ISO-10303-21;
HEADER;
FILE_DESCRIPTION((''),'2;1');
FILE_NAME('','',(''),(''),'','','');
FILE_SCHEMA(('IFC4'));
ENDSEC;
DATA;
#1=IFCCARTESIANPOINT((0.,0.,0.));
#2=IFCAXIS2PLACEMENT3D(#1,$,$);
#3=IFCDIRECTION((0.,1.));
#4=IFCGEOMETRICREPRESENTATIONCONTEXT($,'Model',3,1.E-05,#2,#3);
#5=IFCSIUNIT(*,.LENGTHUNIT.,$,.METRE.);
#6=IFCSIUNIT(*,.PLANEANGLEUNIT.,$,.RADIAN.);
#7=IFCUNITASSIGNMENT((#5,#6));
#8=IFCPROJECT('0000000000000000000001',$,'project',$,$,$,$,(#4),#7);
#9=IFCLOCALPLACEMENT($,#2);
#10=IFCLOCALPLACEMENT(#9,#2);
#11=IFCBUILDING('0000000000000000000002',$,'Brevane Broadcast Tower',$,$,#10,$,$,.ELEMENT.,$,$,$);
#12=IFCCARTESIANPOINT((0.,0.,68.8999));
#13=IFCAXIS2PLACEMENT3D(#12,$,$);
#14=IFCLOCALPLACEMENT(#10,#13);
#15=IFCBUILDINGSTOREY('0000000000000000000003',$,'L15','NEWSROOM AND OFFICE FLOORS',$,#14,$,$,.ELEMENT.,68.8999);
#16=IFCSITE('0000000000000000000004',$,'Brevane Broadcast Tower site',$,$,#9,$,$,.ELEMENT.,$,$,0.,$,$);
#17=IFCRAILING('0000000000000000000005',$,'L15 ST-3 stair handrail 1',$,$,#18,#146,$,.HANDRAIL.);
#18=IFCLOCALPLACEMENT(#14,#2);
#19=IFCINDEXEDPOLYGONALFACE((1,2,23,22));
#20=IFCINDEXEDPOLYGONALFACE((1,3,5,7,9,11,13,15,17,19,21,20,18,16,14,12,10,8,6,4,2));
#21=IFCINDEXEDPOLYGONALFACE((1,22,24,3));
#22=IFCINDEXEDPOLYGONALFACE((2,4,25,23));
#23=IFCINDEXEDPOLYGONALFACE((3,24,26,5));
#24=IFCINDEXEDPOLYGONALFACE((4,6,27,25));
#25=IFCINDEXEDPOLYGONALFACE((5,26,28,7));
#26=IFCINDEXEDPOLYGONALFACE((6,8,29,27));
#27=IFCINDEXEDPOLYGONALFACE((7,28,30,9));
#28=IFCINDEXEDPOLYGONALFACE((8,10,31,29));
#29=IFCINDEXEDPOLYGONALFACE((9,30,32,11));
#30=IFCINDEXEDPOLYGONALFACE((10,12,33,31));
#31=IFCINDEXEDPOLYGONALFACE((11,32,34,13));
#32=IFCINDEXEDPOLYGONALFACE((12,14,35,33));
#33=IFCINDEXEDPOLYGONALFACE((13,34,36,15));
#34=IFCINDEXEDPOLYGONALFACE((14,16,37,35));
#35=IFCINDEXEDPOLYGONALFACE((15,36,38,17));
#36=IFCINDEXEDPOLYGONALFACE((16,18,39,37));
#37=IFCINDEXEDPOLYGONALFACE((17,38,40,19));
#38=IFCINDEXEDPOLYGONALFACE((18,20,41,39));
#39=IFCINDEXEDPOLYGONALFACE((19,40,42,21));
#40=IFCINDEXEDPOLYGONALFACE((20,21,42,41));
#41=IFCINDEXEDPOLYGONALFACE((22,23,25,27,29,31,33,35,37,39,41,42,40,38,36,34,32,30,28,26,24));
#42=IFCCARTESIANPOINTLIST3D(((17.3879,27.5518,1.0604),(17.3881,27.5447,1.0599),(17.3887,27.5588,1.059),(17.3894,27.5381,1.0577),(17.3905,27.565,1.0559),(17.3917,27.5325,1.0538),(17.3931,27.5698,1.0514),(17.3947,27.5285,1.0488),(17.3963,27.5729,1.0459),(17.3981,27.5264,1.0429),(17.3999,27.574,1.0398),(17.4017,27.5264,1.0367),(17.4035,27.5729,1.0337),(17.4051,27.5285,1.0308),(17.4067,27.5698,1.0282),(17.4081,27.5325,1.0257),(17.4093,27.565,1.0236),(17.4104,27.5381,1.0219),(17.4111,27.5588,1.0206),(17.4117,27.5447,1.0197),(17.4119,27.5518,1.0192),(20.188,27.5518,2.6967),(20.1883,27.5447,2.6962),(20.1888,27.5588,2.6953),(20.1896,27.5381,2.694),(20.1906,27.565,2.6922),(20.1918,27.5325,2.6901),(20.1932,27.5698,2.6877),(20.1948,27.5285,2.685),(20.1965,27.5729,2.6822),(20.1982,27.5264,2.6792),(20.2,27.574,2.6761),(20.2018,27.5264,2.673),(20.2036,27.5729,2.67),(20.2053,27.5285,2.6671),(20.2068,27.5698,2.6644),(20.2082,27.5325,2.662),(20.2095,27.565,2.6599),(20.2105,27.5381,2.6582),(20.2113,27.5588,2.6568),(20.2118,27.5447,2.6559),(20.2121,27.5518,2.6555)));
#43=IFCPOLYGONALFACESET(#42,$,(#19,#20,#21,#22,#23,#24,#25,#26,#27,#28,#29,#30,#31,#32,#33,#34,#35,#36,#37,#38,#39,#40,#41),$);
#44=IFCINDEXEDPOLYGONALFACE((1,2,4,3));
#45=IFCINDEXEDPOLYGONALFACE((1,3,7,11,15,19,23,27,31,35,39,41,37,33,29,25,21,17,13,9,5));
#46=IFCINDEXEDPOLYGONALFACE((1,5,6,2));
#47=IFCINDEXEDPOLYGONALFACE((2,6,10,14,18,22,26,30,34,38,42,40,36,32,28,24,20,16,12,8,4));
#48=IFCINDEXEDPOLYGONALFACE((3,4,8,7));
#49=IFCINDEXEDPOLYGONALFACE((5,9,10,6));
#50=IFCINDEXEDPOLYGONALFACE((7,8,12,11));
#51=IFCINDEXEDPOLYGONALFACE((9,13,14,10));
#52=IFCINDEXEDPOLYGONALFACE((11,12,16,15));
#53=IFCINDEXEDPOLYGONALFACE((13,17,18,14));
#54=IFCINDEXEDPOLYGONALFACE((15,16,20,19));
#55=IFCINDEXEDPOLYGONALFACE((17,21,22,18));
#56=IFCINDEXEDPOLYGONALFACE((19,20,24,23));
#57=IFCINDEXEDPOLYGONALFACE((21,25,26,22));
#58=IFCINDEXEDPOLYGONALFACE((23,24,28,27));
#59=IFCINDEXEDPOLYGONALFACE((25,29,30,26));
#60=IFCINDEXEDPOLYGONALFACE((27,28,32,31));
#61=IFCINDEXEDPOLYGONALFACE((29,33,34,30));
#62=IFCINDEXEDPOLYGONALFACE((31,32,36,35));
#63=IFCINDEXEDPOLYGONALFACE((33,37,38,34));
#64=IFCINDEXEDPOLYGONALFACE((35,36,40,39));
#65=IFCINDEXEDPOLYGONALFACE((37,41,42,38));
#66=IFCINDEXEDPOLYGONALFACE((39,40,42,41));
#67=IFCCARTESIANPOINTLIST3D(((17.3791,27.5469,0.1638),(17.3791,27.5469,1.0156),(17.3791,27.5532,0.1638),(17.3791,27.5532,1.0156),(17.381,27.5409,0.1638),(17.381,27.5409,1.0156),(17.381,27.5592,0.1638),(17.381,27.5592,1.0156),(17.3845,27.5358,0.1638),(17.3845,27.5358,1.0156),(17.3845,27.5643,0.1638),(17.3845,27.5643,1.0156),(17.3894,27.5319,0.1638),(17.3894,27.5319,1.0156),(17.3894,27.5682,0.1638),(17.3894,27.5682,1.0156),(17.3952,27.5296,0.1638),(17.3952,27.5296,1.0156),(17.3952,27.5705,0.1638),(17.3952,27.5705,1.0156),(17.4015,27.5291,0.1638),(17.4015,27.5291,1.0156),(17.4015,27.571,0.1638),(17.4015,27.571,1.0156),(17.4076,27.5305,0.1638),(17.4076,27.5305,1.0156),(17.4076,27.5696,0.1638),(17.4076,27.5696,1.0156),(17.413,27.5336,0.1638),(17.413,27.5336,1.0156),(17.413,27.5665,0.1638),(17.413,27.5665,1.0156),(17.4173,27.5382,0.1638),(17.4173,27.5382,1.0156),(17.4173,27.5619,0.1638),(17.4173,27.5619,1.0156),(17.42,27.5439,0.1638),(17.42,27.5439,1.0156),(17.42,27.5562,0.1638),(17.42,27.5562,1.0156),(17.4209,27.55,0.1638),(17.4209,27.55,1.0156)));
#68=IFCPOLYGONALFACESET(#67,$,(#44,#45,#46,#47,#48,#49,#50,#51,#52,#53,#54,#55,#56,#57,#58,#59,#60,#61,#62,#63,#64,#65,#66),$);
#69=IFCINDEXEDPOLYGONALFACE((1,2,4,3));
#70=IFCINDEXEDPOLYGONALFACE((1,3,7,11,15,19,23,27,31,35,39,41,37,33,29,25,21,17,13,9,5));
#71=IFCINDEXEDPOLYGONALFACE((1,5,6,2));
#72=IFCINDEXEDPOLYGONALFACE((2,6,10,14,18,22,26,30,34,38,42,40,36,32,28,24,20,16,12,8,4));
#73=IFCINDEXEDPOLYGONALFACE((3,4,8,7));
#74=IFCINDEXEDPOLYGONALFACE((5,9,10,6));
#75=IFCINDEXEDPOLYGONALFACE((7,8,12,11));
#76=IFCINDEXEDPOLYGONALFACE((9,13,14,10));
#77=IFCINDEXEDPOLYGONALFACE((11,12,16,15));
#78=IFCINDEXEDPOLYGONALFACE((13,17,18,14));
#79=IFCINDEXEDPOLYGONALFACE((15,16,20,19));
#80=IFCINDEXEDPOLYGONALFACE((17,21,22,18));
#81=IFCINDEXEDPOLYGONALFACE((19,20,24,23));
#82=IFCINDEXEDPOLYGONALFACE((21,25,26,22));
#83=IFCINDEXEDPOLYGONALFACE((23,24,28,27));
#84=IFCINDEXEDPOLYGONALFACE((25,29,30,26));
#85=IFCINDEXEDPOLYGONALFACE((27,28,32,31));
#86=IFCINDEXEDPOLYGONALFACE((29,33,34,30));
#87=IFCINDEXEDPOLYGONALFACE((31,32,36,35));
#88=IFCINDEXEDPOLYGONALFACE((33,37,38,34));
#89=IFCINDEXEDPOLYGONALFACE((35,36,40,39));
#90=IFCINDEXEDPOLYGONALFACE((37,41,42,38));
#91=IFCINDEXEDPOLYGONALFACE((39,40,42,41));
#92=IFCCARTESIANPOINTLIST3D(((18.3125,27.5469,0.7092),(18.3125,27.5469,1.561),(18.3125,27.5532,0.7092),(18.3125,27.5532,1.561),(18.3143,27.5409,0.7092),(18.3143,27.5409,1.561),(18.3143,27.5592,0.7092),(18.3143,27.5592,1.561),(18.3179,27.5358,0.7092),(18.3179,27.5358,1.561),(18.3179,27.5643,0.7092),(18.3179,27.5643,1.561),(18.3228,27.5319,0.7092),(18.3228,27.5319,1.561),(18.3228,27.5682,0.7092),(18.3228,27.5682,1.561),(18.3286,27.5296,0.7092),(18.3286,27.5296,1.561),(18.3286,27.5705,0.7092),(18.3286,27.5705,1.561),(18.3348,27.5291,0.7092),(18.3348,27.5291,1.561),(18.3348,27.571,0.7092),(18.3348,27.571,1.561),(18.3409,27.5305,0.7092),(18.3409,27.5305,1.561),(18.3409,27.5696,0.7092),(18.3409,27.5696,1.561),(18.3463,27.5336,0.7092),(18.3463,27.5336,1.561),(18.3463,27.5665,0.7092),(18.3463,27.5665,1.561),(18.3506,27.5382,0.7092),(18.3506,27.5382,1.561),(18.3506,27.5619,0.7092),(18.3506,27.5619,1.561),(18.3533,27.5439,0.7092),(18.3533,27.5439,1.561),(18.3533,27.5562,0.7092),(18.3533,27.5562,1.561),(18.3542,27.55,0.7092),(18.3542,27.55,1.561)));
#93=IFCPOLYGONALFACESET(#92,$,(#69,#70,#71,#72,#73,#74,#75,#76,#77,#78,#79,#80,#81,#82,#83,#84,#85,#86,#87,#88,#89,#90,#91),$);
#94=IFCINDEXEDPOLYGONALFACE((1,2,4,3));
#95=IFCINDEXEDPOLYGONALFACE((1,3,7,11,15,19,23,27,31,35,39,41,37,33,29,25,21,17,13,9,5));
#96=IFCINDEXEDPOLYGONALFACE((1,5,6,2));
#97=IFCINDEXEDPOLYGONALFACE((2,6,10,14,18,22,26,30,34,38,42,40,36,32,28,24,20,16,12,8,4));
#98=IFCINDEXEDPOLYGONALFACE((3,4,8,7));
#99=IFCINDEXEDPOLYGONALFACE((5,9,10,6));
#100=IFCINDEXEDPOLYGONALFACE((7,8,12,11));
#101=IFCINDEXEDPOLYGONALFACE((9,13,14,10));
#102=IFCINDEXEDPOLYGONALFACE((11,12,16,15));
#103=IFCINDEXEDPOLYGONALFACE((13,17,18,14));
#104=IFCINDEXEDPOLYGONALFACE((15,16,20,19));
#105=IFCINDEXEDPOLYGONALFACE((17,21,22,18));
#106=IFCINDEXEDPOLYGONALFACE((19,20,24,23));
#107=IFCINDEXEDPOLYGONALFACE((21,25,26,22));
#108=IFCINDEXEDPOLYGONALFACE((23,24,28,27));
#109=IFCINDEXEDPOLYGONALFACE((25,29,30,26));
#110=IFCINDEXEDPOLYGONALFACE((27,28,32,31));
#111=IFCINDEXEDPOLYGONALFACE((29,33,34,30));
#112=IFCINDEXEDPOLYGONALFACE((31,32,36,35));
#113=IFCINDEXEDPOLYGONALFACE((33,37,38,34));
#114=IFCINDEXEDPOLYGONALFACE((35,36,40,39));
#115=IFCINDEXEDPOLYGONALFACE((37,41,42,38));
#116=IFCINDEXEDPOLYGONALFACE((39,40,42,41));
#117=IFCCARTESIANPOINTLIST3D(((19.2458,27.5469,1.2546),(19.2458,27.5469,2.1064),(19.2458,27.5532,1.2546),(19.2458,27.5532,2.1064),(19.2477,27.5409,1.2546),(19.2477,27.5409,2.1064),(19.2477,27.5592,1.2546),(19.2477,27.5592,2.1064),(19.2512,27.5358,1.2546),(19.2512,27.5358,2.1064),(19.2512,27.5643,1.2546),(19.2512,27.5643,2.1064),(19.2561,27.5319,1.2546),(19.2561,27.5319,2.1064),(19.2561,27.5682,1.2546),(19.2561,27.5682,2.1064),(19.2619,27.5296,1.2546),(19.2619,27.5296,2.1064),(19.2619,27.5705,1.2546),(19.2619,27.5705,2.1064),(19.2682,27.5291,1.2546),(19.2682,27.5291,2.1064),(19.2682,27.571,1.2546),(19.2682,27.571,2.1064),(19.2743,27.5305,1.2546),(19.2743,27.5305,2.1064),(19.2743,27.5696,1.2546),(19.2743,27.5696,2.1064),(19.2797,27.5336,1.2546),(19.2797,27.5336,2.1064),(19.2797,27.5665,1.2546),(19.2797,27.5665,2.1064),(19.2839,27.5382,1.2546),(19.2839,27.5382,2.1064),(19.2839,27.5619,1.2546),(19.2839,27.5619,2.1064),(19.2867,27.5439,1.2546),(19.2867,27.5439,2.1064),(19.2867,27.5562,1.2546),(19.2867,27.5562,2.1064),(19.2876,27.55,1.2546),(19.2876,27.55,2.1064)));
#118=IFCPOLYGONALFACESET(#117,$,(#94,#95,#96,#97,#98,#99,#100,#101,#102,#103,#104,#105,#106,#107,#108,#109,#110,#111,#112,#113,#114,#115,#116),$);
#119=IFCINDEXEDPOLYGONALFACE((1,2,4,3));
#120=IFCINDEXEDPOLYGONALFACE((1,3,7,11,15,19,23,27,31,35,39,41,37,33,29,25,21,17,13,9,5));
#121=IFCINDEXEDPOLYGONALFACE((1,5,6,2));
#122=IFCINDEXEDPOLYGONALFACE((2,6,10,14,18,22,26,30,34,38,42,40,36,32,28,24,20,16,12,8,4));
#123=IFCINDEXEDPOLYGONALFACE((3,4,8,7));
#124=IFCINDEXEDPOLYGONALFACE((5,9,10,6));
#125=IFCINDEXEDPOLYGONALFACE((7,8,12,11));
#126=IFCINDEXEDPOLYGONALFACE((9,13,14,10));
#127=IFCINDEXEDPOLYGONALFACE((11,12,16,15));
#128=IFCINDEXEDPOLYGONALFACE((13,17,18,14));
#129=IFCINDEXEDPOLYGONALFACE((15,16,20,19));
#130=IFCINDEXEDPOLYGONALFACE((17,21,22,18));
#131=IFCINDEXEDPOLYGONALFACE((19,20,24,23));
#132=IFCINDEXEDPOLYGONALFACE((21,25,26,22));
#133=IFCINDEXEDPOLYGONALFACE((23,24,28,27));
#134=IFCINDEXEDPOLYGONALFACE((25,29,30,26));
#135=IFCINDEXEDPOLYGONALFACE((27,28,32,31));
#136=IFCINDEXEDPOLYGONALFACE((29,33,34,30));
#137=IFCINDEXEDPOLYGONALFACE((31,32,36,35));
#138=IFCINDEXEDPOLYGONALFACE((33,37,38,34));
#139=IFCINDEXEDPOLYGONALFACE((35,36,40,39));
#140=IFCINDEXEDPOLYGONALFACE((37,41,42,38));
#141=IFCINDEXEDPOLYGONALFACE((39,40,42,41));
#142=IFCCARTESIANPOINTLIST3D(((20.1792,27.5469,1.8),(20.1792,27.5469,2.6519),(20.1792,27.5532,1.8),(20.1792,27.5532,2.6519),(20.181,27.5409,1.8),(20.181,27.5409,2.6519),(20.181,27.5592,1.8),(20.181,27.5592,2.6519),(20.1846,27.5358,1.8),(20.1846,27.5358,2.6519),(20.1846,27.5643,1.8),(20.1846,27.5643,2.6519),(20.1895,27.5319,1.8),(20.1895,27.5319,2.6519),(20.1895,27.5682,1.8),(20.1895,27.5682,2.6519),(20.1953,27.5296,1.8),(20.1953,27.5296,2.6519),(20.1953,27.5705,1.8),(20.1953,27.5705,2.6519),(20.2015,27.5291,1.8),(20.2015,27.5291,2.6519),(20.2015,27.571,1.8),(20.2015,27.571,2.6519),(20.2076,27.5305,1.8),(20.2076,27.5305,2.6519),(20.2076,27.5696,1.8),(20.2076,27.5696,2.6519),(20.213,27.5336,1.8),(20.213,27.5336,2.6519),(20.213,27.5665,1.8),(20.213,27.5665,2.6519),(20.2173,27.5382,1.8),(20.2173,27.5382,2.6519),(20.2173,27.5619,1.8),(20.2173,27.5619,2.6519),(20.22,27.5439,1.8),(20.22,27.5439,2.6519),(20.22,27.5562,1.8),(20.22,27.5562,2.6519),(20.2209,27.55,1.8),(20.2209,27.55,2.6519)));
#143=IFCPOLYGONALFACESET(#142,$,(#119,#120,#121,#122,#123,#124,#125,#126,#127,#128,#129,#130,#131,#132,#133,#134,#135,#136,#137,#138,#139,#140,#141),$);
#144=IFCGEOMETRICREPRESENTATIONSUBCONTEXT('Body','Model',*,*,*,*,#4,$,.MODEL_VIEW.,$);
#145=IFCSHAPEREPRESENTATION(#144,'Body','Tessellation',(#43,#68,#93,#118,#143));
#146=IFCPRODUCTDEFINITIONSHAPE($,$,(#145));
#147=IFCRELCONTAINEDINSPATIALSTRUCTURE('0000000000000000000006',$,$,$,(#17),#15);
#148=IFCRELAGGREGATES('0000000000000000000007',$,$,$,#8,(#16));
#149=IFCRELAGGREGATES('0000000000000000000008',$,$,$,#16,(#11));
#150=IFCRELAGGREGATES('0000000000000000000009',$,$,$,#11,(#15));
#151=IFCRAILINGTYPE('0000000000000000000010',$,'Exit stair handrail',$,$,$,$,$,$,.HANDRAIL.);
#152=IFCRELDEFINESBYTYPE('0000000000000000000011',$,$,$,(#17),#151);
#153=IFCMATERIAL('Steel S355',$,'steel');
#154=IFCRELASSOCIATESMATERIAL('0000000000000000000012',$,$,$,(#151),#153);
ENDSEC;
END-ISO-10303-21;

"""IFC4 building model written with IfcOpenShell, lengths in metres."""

from ifc_helpers import new_model, si_unit, direction, frame, origin, origin_2d, place, context, subcontext, project, spatial, circle, extrude, material, type_object, element, save


model = new_model("IFC4")

# Units and contexts
model_context = context("Model", 3, precision=1e-05, world=origin(), true_north=direction((0.0, 1.0)))
body_context = subcontext(model_context, "Body", "Model", "MODEL_VIEW")
ifc_project = project(units=[si_unit("LENGTHUNIT", "METRE"), si_unit("PLANEANGLEUNIT", "RADIAN")], contexts=[model_context])

# Site, building, storey
site_placement = place(None, origin())
site = spatial("IfcSite", under=ifc_project, at=site_placement, Name="Brevane Broadcast Tower site", CompositionType="ELEMENT", RefElevation=0.0)
building_placement = place(site_placement, origin())
building = spatial("IfcBuilding", under=site, at=building_placement, Name="Brevane Broadcast Tower", CompositionType="ELEMENT")
storey_placement = place(building_placement, frame((0.0, 0.0, 68.8999)))
storey = spatial("IfcBuildingStorey", under=building, at=storey_placement, Name="L15", Description="NEWSROOM AND OFFICE FLOORS", CompositionType="ELEMENT", Elevation=68.8999)

# Railing
ifc_material_1 = material(Name="Steel S355", Category="steel")
railing_type_1 = type_object("IfcRailingType", Name="Exit stair handrail", PredefinedType="HANDRAIL", material=ifc_material_1)
railing_1_placement = place(storey_placement, frame((17.3999, 27.55, 0.1638)))
element("IfcRailing", 1, at=railing_1_placement, inside=storey, type_object=railing_type_1, Name="L15 ST-3 stair handrail 1", PredefinedType="HANDRAIL", context=body_context, shape_type="SweptSolid", body=[
    extrude(circle(Radius=0.0239, at=origin_2d()), frame((0.0, 0.0, 0.876), z_axis=(0.863394, 0.0, 0.504531), x_axis=(0.0, 1.0, 0.0)), (0.0, 0.0, 1.0), 3.2432),
    extrude(circle(Radius=0.021, at=origin_2d()), origin(), (0.0, 0.0, 1.0), 0.8518),
    extrude(circle(Radius=0.021, at=origin_2d()), frame((0.9333, 0.0, 0.5454)), (0.0, 0.0, 1.0), 0.8518),
    extrude(circle(Radius=0.021, at=origin_2d()), frame((1.8667, 0.0, 1.0908)), (0.0, 0.0, 1.0), 0.8518),
    extrude(circle(Radius=0.021, at=origin_2d()), frame((2.8, 0.0, 1.6362)), (0.0, 0.0, 1.0), 0.8518),
])

save(model, "model.ifc")
